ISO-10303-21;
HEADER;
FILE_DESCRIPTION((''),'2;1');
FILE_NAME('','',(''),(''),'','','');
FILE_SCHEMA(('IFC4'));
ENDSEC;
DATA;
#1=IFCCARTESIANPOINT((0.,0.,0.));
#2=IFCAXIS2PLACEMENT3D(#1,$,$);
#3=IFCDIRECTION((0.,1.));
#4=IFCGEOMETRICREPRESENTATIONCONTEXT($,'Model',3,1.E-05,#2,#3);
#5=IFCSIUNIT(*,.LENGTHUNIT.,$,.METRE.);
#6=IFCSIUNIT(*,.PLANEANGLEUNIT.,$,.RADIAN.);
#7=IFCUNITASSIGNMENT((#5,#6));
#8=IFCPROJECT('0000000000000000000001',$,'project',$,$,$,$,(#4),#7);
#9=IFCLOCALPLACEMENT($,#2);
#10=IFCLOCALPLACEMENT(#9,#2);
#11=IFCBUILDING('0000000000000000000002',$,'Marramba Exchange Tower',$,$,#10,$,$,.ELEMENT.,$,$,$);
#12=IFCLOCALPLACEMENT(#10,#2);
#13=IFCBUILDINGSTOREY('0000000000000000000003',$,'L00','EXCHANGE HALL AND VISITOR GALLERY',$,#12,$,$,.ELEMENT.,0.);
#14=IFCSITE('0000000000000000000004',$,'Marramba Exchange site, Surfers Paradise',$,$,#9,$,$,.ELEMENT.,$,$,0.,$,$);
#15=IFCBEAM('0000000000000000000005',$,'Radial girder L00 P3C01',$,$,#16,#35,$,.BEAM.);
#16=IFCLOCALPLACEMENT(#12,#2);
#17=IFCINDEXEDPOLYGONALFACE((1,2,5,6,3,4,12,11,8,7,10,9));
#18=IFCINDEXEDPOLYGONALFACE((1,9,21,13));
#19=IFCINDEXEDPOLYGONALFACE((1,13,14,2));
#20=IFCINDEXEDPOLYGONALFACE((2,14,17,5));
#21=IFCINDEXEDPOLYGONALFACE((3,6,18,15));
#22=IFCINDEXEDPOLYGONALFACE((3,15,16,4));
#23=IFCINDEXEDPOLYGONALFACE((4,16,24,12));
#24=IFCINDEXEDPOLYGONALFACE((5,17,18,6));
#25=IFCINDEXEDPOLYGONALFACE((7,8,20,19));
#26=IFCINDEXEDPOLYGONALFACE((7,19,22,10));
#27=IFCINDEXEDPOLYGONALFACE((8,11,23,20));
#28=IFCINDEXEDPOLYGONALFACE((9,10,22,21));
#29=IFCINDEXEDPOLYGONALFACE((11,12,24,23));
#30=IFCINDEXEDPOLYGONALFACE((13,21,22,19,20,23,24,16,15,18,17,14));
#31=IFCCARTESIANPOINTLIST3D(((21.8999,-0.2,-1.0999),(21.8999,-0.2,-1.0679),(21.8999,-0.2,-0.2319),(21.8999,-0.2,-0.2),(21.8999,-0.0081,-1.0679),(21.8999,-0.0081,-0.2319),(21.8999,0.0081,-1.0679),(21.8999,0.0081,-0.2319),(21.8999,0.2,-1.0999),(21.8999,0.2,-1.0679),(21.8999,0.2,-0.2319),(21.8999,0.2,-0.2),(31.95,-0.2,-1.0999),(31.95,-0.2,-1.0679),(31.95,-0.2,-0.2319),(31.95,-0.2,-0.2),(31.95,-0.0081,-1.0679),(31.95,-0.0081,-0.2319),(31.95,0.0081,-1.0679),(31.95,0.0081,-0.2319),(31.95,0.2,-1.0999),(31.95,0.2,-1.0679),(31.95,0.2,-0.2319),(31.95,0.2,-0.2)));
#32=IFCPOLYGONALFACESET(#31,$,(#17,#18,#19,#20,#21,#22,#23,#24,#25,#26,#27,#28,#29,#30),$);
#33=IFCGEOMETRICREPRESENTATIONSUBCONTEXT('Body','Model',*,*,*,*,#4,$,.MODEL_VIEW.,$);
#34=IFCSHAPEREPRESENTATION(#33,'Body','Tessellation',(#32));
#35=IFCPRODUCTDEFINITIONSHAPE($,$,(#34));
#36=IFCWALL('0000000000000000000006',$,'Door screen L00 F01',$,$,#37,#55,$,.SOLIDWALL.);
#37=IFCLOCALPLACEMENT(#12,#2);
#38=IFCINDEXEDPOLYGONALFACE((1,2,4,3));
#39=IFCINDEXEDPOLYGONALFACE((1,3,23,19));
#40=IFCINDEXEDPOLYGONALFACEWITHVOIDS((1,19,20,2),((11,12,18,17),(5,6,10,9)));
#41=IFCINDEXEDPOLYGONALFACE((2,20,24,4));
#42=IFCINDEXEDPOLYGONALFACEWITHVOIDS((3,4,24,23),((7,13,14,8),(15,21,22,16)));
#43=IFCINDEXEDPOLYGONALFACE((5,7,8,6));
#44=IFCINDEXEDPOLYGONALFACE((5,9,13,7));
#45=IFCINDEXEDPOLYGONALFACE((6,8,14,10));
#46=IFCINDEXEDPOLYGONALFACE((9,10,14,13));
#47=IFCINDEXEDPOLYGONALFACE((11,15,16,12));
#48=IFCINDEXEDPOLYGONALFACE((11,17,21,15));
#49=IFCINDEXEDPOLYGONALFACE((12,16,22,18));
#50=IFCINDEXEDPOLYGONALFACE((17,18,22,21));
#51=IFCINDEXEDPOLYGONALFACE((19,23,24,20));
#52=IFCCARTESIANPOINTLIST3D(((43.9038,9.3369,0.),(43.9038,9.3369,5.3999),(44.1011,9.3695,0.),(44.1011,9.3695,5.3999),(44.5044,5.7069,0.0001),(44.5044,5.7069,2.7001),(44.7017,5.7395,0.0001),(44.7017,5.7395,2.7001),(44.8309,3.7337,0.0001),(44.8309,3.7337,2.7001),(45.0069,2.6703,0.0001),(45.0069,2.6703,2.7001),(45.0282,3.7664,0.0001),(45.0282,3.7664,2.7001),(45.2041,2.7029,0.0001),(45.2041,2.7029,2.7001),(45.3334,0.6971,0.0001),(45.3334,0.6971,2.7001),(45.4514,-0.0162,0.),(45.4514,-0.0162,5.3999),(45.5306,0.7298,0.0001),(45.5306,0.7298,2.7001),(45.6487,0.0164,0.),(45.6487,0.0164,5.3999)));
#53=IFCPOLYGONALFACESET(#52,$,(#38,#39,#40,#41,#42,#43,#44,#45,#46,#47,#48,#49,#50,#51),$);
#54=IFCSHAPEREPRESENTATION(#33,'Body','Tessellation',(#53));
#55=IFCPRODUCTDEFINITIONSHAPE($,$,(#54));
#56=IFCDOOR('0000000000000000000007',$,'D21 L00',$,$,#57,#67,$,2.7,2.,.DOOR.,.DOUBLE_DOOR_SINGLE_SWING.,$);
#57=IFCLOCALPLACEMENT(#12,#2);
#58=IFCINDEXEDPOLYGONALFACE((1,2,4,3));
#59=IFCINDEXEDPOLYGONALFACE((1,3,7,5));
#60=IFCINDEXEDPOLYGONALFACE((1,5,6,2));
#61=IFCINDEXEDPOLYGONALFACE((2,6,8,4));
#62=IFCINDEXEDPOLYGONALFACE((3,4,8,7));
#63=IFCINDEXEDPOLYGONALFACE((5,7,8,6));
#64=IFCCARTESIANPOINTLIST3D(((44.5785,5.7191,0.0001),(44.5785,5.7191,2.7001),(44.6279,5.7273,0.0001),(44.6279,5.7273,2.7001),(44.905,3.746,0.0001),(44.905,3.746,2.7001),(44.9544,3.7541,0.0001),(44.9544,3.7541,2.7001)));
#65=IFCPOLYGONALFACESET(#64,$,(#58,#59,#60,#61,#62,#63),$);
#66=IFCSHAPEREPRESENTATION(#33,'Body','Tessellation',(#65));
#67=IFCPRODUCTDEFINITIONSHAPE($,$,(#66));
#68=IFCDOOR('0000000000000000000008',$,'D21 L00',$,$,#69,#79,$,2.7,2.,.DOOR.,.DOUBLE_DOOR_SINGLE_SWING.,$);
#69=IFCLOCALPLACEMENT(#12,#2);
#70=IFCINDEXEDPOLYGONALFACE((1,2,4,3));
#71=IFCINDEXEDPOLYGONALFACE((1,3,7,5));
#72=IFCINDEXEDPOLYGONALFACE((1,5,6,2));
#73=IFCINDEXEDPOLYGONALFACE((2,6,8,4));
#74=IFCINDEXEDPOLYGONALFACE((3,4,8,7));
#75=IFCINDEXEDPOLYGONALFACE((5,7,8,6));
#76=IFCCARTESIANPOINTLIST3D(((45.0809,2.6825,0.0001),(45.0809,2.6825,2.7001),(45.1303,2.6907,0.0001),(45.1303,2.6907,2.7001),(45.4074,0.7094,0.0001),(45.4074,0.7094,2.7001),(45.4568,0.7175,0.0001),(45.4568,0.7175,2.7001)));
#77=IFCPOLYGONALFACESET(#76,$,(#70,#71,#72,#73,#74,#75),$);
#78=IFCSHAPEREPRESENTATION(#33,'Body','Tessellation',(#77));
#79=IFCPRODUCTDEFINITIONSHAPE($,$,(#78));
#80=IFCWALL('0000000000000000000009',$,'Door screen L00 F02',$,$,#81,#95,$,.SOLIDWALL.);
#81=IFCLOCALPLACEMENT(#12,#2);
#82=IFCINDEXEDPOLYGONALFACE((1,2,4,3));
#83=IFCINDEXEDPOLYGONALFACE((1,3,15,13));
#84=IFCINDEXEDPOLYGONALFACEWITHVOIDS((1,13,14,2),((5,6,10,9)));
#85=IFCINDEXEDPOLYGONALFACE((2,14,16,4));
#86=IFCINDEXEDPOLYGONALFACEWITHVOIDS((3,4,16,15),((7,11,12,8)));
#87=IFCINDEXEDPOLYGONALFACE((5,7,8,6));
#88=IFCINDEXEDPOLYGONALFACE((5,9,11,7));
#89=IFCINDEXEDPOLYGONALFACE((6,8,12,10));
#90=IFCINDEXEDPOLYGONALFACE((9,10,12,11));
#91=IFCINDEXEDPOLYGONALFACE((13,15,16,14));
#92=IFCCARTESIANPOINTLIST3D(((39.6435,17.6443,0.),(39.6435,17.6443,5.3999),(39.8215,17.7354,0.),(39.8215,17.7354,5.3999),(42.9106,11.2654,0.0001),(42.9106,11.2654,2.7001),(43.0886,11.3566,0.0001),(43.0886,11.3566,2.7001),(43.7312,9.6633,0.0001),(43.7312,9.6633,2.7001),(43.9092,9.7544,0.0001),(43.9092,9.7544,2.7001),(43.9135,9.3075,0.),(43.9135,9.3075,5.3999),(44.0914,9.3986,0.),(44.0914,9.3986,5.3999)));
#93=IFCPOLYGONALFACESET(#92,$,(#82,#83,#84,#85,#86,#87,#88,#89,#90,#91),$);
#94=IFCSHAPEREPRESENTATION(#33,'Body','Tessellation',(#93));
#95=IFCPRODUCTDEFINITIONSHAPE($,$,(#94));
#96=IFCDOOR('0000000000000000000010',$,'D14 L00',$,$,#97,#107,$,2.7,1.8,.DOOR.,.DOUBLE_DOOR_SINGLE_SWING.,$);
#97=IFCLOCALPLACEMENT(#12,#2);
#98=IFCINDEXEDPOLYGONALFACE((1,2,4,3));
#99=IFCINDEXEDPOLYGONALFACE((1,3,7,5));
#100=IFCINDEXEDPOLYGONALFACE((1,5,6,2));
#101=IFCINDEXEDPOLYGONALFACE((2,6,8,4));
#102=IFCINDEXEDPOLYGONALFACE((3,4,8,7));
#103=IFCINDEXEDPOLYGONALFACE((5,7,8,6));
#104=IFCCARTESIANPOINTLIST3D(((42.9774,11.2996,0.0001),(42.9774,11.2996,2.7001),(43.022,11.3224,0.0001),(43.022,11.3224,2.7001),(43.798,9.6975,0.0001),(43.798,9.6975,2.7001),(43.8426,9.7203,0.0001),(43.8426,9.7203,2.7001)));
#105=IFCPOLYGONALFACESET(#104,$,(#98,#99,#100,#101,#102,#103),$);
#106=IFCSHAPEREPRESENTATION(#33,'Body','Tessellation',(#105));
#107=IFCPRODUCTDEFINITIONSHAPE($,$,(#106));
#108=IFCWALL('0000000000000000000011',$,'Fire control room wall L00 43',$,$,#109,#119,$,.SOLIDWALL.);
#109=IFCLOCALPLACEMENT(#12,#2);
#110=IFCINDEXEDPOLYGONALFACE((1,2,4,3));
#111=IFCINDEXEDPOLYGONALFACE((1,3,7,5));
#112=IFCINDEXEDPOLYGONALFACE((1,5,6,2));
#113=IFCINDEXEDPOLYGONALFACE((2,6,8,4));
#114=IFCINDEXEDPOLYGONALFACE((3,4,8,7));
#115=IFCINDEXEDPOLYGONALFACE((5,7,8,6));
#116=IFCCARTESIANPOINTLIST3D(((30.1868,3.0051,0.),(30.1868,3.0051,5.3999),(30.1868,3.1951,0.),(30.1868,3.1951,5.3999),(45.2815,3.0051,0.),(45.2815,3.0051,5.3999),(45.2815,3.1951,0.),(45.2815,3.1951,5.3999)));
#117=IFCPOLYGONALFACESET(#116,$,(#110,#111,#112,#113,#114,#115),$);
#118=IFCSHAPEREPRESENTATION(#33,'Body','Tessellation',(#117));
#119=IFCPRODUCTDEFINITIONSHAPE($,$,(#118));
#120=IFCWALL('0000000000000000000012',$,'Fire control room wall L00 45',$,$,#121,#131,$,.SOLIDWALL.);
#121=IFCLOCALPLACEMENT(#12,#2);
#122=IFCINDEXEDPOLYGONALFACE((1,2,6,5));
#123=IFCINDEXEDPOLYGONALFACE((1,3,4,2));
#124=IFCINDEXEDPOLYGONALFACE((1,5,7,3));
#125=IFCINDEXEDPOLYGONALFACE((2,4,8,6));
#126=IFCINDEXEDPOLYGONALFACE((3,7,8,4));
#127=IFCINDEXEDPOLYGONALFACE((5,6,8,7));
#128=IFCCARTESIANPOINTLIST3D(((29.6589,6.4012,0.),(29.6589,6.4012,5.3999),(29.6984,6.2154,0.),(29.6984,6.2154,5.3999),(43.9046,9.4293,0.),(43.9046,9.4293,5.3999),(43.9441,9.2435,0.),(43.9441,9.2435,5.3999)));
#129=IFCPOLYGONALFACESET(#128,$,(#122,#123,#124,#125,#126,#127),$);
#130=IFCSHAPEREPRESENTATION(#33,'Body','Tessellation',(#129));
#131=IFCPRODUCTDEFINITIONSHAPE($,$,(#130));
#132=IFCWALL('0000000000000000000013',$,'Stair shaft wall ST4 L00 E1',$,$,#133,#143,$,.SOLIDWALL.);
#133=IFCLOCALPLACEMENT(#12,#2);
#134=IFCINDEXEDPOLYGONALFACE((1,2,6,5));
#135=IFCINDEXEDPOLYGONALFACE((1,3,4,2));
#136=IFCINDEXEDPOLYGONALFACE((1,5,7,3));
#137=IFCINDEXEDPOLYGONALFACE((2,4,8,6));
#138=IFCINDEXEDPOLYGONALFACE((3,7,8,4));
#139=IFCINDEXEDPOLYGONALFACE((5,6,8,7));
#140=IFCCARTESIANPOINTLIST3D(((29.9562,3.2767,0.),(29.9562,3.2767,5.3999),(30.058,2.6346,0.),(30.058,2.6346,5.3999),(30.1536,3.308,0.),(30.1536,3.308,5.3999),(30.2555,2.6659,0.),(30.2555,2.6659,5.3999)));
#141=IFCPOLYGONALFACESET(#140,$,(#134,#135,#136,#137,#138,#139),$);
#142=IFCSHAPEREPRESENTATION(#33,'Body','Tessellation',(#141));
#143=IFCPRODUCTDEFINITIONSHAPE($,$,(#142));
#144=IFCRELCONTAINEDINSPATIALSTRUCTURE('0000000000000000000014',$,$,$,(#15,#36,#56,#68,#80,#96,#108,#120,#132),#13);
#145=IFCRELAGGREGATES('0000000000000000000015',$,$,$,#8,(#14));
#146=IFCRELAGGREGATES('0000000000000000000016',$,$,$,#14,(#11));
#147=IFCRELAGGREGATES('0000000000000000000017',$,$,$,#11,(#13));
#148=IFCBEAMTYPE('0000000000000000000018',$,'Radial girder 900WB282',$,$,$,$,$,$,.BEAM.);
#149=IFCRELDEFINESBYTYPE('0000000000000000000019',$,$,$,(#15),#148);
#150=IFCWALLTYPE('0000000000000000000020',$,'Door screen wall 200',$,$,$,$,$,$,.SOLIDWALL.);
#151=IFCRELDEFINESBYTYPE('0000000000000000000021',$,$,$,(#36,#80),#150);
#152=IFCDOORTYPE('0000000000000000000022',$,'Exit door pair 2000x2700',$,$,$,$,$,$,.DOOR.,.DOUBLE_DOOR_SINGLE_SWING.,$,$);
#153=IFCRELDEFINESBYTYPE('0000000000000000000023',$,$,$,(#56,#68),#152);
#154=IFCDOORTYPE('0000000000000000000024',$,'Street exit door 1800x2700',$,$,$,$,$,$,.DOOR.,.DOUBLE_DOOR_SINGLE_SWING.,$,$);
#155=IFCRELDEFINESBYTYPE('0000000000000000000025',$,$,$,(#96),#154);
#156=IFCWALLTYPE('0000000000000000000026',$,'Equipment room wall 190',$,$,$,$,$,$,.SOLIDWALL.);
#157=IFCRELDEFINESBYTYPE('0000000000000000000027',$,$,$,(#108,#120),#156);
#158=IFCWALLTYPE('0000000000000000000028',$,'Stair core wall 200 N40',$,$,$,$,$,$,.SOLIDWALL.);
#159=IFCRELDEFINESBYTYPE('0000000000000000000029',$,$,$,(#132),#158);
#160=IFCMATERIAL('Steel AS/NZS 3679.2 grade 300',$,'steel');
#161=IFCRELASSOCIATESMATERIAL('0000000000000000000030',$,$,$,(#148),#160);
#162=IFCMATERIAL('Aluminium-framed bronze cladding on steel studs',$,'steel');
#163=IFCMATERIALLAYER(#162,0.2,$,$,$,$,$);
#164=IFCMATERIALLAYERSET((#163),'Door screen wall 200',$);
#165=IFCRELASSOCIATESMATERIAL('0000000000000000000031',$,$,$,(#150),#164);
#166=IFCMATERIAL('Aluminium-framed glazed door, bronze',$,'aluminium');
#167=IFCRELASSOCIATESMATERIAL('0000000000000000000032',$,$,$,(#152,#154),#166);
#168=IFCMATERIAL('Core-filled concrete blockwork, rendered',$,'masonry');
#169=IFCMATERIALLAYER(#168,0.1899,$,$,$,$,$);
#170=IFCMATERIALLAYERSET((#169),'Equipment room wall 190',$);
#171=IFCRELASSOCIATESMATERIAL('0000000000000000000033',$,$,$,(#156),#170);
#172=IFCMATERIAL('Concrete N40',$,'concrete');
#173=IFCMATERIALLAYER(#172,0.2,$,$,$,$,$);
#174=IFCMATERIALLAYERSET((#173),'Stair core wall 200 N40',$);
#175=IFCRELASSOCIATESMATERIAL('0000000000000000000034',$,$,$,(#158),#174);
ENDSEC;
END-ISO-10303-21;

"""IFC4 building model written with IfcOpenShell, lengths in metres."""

from ifc_helpers import new_model, si_unit, direction, frame, frame_2d, origin, origin_2d, place, context, subcontext, project, spatial, rectangle, i_section, extrude, material, layer, layer_set, material_profile, profile_set, type_object, element, fill, save


model = new_model("IFC4")

# Units and contexts
model_context = context("Model", 3, precision=1e-05, world=origin(), true_north=direction((0.0, 1.0)))
body_context = subcontext(model_context, "Body", "Model", "MODEL_VIEW")
ifc_project = project(units=[si_unit("LENGTHUNIT", "METRE"), si_unit("PLANEANGLEUNIT", "RADIAN")], contexts=[model_context])

# Site, building, storey
site_placement = place(None, origin())
site = spatial("IfcSite", under=ifc_project, at=site_placement, Name="Marramba Exchange site, Surfers Paradise", CompositionType="ELEMENT", RefElevation=0.0)
building_placement = place(site_placement, origin())
building = spatial("IfcBuilding", under=site, at=building_placement, Name="Marramba Exchange Tower", CompositionType="ELEMENT")
storey_placement = place(building_placement, origin())
storey = spatial("IfcBuildingStorey", under=building, at=storey_placement, Name="L00", Description="EXCHANGE HALL AND VISITOR GALLERY", CompositionType="ELEMENT", Elevation=0.0)

# Beam
ifc_material_1 = material(Name="Steel AS/NZS 3679.2 grade 300", Category="steel")
ifc_material_profile_1 = material_profile(ifc_material_1, i_section(OverallWidth=0.3999, OverallDepth=0.8999, WebThickness=0.0161, FlangeThickness=0.032, at=origin_2d()), Name="900WB282")
ifc_profile_set_1 = profile_set([ifc_material_profile_1], Name="Steel AS/NZS 3679.2 grade 300")
beam_type_1 = type_object("IfcBeamType", Name="Radial girder 900WB282", PredefinedType="BEAM", material=ifc_profile_set_1)
beam_1_placement = place(storey_placement, frame((31.95, 0.0, -0.6499), z_axis=(-1.0, 0.0, 0.0), x_axis=(0.0, -1.0, 0.0)))
element("IfcBeam", 1, at=beam_1_placement, inside=storey, type_object=beam_type_1, Name="Radial girder L00 P3C01", PredefinedType="BEAM", context=body_context, shape_type="SweptSolid", body=[
    extrude(i_section(OverallWidth=0.3999, OverallDepth=0.8999, WebThickness=0.0161, FlangeThickness=0.032, at=origin_2d()), origin(), (0.0, 0.0, 1.0), 10.05),
])

# Wall, openings, doors
ifc_material_2 = material(Name="Aluminium-framed bronze cladding on steel studs", Category="steel")
ifc_layer_1 = layer(ifc_material_2, 0.2)
ifc_layer_set_1 = layer_set([ifc_layer_1], Name="Door screen wall 200")
wall_type_1 = type_object("IfcWallType", Name="Door screen wall 200", PredefinedType="SOLIDWALL", material=ifc_layer_set_1)
wall_1_placement = place(storey_placement, frame((45.55, 0.0, 0.0), z_axis=(0.0, 0.0, 1.0), x_axis=(-0.163246, 0.986585, 0.0)))
wall_1 = element("IfcWall", 2, at=wall_1_placement, inside=storey, type_object=wall_type_1, Name="Door screen L00 F01", PredefinedType="SOLIDWALL", context=body_context, shape_type="SweptSolid", body=[
    extrude(rectangle(XDim=9.4802, YDim=0.2, at=frame_2d((4.7402, 0.0))), origin(), (0.0, 0.0, 1.0), 5.3999),
])
opening_1_placement = place(wall_1_placement, frame((3.801, 0.0, 0.0)))
opening_1 = element("IfcOpeningElement", 3, at=opening_1_placement, cuts=wall_1, PredefinedType="OPENING", context=body_context, shape_type="SweptSolid", body=[
    extrude(rectangle(XDim=2.0, YDim=2.7, at=frame_2d((1.0, 1.3501))), frame((0.0, 0.1099, 0.0), z_axis=(0.0, -1.0, 0.0), x_axis=(1.0, 0.0, 0.0)), (0.0, 0.0, 1.0), 0.22),
])
opening_2_placement = place(wall_1_placement, frame((0.7231, 0.0, 0.0)))
opening_2 = element("IfcOpeningElement", 4, at=opening_2_placement, cuts=wall_1, PredefinedType="OPENING", context=body_context, shape_type="SweptSolid", body=[
    extrude(rectangle(XDim=2.0, YDim=2.7, at=frame_2d((1.0, 1.3501))), frame((0.0, 0.1099, 0.0), z_axis=(0.0, -1.0, 0.0), x_axis=(1.0, 0.0, 0.0)), (0.0, 0.0, 1.0), 0.22),
])
ifc_material_3 = material(Name="Aluminium-framed glazed door, bronze", Category="aluminium")
door_type_1 = type_object("IfcDoorType", Name="Exit door pair 2000x2700", OperationType="DOUBLE_DOOR_SINGLE_SWING", PredefinedType="DOOR", material=ifc_material_3)
door_1_placement = place(opening_1_placement, frame((2.0, 0.0, 0.0), z_axis=(0.0, 0.0, 1.0), x_axis=(-1.0, 0.0, 0.0)))
door_1 = element("IfcDoor", 5, at=door_1_placement, inside=storey, type_object=door_type_1, Name="D21 L00", OperationType="DOUBLE_DOOR_SINGLE_SWING", OverallHeight=2.7, OverallWidth=2.0, PredefinedType="DOOR", context=body_context, shape_type="SweptSolid", body=[
    extrude(rectangle(XDim=2.0, YDim=2.7, at=frame_2d((1.0, 1.3501))), frame((0.0, 0.0251, 0.0), z_axis=(0.0, -1.0, 0.0), x_axis=(1.0, 0.0, 0.0)), (0.0, 0.0, 1.0), 0.05),
])
fill(opening_1, door_1)
door_2_placement = place(opening_2_placement, frame((2.0, 0.0, 0.0), z_axis=(0.0, 0.0, 1.0), x_axis=(-1.0, 0.0, 0.0)))
door_2 = element("IfcDoor", 6, at=door_2_placement, inside=storey, type_object=door_type_1, Name="D21 L00", OperationType="DOUBLE_DOOR_SINGLE_SWING", OverallHeight=2.7, OverallWidth=2.0, PredefinedType="DOOR", context=body_context, shape_type="SweptSolid", body=[
    extrude(rectangle(XDim=2.0, YDim=2.7, at=frame_2d((1.0, 1.3501))), frame((0.0, 0.0251, 0.0), z_axis=(0.0, -1.0, 0.0), x_axis=(1.0, 0.0, 0.0)), (0.0, 0.0, 1.0), 0.05),
])
fill(opening_2, door_2)

# Wall, opening, door
wall_2_placement = place(storey_placement, frame((44.0024, 9.353, 0.0), z_axis=(0.0, 0.0, 1.0), x_axis=(-0.455867, 0.890048, 0.0)))
wall_2 = element("IfcWall", 7, at=wall_2_placement, inside=storey, type_object=wall_type_1, Name="Door screen L00 F02", PredefinedType="SOLIDWALL", context=body_context, shape_type="SweptSolid", body=[
    extrude(rectangle(XDim=9.3667, YDim=0.2, at=frame_2d((4.6833, 0.0))), origin(), (0.0, 0.0, 1.0), 5.3999),
])
opening_3_placement = place(wall_2_placement, frame((0.3999, 0.0, 0.0)))
opening_3 = element("IfcOpeningElement", 8, at=opening_3_placement, cuts=wall_2, PredefinedType="OPENING", context=body_context, shape_type="SweptSolid", body=[
    extrude(rectangle(XDim=1.8, YDim=2.7, at=frame_2d((0.8999, 1.3501))), frame((0.0, 0.1099, 0.0), z_axis=(0.0, -1.0, 0.0), x_axis=(1.0, 0.0, 0.0)), (0.0, 0.0, 1.0), 0.22),
])
door_type_2 = type_object("IfcDoorType", Name="Street exit door 1800x2700", OperationType="DOUBLE_DOOR_SINGLE_SWING", PredefinedType="DOOR", material=ifc_material_3)
door_3_placement = place(opening_3_placement, frame((1.8, 0.0, 0.0), z_axis=(0.0, 0.0, 1.0), x_axis=(-1.0, 0.0, 0.0)))
door_3 = element("IfcDoor", 9, at=door_3_placement, inside=storey, type_object=door_type_2, Name="D14 L00", OperationType="DOUBLE_DOOR_SINGLE_SWING", OverallHeight=2.7, OverallWidth=1.8, PredefinedType="DOOR", context=body_context, shape_type="SweptSolid", body=[
    extrude(rectangle(XDim=1.8, YDim=2.7, at=frame_2d((0.9001, 1.3501))), frame((0.0, 0.0251, 0.0), z_axis=(0.0, -1.0, 0.0), x_axis=(1.0, 0.0, 0.0)), (0.0, 0.0, 1.0), 0.05),
])
fill(opening_3, door_3)

# Walls
ifc_material_4 = material(Name="Core-filled concrete blockwork, rendered", Category="masonry")
ifc_layer_2 = layer(ifc_material_4, 0.1899)
ifc_layer_set_2 = layer_set([ifc_layer_2], Name="Equipment room wall 190")
wall_type_2 = type_object("IfcWallType", Name="Equipment room wall 190", PredefinedType="SOLIDWALL", material=ifc_layer_set_2)
wall_3_placement = place(storey_placement, frame((45.2815, 3.1001, 0.0), z_axis=(0.0, 0.0, 1.0), x_axis=(-1.0, 0.0, 0.0)))
element("IfcWall", 10, at=wall_3_placement, inside=storey, type_object=wall_type_2, Name="Fire control room wall L00 43", PredefinedType="SOLIDWALL", context=body_context, shape_type="SweptSolid", body=[
    extrude(rectangle(XDim=15.0947, YDim=0.1899, at=frame_2d((7.5474, 0.0))), origin(), (0.0, 0.0, 1.0), 5.3999),
])
wall_4_placement = place(storey_placement, frame((43.9243, 9.3364, 0.0), z_axis=(0.0, 0.0, 1.0), x_axis=(-0.978146, -0.207917, 0.0)))
element("IfcWall", 11, at=wall_4_placement, inside=storey, type_object=wall_type_2, Name="Fire control room wall L00 45", PredefinedType="SOLIDWALL", context=body_context, shape_type="SweptSolid", body=[
    extrude(rectangle(XDim=14.564, YDim=0.1899, at=frame_2d((7.282, 0.0))), origin(), (0.0, 0.0, 1.0), 5.3999),
])
ifc_material_5 = material(Name="Concrete N40", Category="concrete")
ifc_layer_3 = layer(ifc_material_5, 0.2)
ifc_layer_set_3 = layer_set([ifc_layer_3], Name="Stair core wall 200 N40")
wall_type_3 = type_object("IfcWallType", Name="Stair core wall 200 N40", PredefinedType="SOLIDWALL", material=ifc_layer_set_3)
wall_5_placement = place(storey_placement, frame((30.1567, 2.6501, 0.0), z_axis=(0.0, 0.0, 1.0), x_axis=(-0.156599, 0.987662, 0.0)))
element("IfcWall", 12, at=wall_5_placement, inside=storey, type_object=wall_type_3, Name="Stair shaft wall ST4 L00 E1", PredefinedType="SOLIDWALL", context=body_context, shape_type="SweptSolid", body=[
    extrude(rectangle(XDim=0.6501, YDim=0.2, at=frame_2d((0.3252, 0.0))), origin(), (0.0, 0.0, 1.0), 5.3999),
])

save(model, "model.ifc")
